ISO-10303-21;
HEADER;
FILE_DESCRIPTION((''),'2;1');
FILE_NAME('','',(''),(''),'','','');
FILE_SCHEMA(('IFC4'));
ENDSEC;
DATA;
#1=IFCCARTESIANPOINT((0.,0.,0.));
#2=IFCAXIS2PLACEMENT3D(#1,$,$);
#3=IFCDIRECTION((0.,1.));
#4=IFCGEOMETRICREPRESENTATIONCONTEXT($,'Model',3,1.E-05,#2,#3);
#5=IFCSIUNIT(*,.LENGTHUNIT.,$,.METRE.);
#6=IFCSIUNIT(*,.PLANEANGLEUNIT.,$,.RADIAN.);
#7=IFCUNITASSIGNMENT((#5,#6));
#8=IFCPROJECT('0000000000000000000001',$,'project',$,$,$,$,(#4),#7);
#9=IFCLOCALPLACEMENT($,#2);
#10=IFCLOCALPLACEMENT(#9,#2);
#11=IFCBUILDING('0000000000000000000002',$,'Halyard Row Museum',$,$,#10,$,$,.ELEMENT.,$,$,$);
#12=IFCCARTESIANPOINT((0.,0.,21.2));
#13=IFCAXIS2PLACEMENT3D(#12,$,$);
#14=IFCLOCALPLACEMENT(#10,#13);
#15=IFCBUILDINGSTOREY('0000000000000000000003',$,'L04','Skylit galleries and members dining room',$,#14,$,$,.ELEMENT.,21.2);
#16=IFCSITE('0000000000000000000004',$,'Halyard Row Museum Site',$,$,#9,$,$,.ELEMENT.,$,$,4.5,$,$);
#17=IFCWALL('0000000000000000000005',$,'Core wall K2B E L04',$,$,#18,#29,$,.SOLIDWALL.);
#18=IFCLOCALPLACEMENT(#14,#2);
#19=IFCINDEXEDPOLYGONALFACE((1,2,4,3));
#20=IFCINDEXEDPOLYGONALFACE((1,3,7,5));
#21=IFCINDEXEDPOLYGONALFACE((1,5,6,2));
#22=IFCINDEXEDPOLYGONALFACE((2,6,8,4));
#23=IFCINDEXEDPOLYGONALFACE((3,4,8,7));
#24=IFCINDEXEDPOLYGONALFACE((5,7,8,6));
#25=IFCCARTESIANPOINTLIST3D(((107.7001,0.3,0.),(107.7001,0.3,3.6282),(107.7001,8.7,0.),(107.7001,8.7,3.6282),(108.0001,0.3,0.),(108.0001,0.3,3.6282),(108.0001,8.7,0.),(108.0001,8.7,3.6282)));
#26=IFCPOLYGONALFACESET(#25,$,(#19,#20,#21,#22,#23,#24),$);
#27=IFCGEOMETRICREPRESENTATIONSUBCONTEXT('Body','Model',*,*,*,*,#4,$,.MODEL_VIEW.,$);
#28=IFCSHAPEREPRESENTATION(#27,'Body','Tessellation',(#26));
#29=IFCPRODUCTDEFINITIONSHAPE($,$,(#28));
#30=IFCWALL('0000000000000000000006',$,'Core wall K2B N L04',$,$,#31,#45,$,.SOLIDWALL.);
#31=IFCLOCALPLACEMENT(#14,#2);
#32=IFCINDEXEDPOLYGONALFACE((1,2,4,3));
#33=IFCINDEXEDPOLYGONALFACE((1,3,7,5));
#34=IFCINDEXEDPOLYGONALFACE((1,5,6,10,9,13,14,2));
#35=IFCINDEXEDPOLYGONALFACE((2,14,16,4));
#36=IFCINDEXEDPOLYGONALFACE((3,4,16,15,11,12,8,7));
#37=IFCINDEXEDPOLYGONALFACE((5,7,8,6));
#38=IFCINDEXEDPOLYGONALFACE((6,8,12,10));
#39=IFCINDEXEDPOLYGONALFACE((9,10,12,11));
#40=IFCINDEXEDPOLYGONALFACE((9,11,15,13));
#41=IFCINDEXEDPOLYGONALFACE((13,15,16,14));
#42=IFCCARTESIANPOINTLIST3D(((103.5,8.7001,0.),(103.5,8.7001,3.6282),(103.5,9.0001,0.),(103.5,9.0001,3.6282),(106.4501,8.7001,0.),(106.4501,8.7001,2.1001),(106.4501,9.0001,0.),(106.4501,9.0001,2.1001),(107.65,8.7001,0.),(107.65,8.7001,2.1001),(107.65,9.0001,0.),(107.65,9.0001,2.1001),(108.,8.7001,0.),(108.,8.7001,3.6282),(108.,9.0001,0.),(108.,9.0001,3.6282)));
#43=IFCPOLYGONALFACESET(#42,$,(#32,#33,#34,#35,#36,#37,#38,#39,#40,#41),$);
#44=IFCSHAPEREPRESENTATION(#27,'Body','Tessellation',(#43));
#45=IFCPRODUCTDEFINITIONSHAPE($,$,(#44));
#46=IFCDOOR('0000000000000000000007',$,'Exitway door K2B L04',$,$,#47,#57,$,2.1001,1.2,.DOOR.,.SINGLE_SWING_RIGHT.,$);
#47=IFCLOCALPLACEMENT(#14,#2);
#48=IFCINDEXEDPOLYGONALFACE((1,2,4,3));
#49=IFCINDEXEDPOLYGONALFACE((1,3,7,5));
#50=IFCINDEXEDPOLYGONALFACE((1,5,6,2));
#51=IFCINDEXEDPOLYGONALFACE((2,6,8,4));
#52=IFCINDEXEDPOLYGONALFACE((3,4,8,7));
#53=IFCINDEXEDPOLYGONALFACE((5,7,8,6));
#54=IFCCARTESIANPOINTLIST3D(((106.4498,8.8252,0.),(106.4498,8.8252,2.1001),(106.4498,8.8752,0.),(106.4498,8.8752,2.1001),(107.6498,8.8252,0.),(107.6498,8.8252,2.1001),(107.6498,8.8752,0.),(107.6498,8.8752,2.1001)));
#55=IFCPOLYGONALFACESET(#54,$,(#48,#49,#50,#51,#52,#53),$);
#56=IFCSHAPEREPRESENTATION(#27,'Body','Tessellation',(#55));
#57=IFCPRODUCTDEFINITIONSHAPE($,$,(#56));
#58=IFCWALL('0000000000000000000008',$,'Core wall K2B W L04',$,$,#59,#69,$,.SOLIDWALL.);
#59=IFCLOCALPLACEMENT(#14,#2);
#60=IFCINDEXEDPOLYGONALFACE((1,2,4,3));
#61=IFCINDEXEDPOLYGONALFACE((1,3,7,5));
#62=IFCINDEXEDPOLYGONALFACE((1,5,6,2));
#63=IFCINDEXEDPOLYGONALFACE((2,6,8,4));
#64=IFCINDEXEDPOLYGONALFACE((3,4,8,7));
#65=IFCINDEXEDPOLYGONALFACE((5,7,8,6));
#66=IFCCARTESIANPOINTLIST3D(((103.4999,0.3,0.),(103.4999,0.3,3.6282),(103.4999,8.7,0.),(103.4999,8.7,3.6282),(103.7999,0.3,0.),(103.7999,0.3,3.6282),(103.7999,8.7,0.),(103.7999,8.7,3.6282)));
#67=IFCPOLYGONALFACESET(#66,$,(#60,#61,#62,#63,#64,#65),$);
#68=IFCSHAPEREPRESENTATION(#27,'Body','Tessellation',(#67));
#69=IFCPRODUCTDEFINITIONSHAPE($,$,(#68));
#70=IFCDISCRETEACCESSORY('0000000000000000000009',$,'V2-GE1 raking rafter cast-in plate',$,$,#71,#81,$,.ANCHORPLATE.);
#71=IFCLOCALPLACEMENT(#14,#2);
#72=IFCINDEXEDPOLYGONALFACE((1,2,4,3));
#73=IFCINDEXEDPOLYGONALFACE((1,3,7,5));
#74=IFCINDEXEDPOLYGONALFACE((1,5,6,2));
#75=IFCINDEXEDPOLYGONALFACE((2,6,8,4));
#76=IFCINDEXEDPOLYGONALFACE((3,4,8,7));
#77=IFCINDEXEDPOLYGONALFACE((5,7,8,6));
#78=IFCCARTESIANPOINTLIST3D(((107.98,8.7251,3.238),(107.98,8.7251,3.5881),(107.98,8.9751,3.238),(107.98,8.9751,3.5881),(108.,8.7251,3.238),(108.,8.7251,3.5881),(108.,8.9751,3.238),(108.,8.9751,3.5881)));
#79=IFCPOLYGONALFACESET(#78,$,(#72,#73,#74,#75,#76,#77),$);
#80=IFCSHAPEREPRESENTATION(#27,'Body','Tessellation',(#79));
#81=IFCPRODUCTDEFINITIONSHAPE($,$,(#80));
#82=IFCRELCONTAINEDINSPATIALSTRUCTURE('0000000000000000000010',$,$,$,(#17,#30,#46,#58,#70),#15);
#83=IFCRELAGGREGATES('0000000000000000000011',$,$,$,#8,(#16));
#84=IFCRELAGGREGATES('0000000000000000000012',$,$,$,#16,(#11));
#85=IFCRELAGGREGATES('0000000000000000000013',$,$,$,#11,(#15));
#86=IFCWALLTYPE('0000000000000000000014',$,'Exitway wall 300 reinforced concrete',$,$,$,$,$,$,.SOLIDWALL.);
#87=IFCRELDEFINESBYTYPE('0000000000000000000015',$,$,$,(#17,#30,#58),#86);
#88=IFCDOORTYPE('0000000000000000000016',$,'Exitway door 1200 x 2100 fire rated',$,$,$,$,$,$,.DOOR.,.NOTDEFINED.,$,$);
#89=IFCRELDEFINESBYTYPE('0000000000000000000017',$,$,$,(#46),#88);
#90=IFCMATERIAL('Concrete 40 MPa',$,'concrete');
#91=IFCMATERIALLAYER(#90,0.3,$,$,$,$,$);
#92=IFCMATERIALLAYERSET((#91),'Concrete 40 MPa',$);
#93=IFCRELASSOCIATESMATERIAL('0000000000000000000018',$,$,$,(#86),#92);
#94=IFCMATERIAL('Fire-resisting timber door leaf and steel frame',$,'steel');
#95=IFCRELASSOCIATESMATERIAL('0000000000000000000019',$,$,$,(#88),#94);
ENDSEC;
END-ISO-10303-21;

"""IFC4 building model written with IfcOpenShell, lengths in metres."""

from ifc_helpers import new_model, si_unit, direction, frame, frame_2d, origin, origin_2d, place, context, subcontext, project, spatial, rectangle, extrude, material, layer, layer_set, type_object, element, fill, save


model = new_model("IFC4")

# Units and contexts
model_context = context("Model", 3, precision=1e-05, world=origin(), true_north=direction((0.0, 1.0)))
body_context = subcontext(model_context, "Body", "Model", "MODEL_VIEW")
ifc_project = project(units=[si_unit("LENGTHUNIT", "METRE"), si_unit("PLANEANGLEUNIT", "RADIAN")], contexts=[model_context])

# Site, building, storey
site_placement = place(None, origin())
site = spatial("IfcSite", under=ifc_project, at=site_placement, Name="Halyard Row Museum Site", CompositionType="ELEMENT", RefElevation=4.5)
building_placement = place(site_placement, origin())
building = spatial("IfcBuilding", under=site, at=building_placement, Name="Halyard Row Museum", CompositionType="ELEMENT")
storey_placement = place(building_placement, frame((0.0, 0.0, 21.2)))
storey = spatial("IfcBuildingStorey", under=building, at=storey_placement, Name="L04", Description="Skylit galleries and members dining room", CompositionType="ELEMENT", Elevation=21.2)

# Wall
ifc_material_1 = material(Name="Concrete 40 MPa", Category="concrete")
ifc_layer_1 = layer(ifc_material_1, 0.3)
ifc_layer_set_1 = layer_set([ifc_layer_1], Name="Concrete 40 MPa")
wall_type_1 = type_object("IfcWallType", Name="Exitway wall 300 reinforced concrete", PredefinedType="SOLIDWALL", material=ifc_layer_set_1)
wall_1_placement = place(storey_placement, frame((107.8501, 0.3, 0.0), z_axis=(0.0, 0.0, 1.0), x_axis=(0.0, 1.0, 0.0)))
element("IfcWall", 1, at=wall_1_placement, inside=storey, type_object=wall_type_1, Name="Core wall K2B E L04", PredefinedType="SOLIDWALL", context=body_context, shape_type="SweptSolid", body=[
    extrude(rectangle(XDim=8.3999, YDim=0.3, at=frame_2d((4.2, 0.0))), origin(), (0.0, 0.0, 1.0), 3.6282),
])

# Wall, opening, door
wall_2_placement = place(storey_placement, frame((103.5, 8.8501, 0.0), z_axis=(0.0, 0.0, 1.0), x_axis=(1.0, 0.0, 0.0)))
wall_2 = element("IfcWall", 2, at=wall_2_placement, inside=storey, type_object=wall_type_1, Name="Core wall K2B N L04", PredefinedType="SOLIDWALL", context=body_context, shape_type="SweptSolid", body=[
    extrude(rectangle(XDim=4.5, YDim=0.3, at=frame_2d((2.25, 0.0))), origin(), (0.0, 0.0, 1.0), 3.6282),
])
opening_1_placement = place(wall_2_placement, frame((2.95, 0.0, 0.0)))
opening_1 = element("IfcOpeningElement", 3, at=opening_1_placement, cuts=wall_2, PredefinedType="OPENING", context=body_context, shape_type="SweptSolid", body=[
    extrude(rectangle(XDim=1.2, YDim=2.1001, at=frame_2d((0.6001, 1.05))), frame((0.0, 0.1599, 0.0), z_axis=(0.0, -1.0, 0.0), x_axis=(1.0, 0.0, 0.0)), (0.0, 0.0, 1.0), 0.3201),
])
ifc_material_2 = material(Name="Fire-resisting timber door leaf and steel frame", Category="steel")
door_type_1 = type_object("IfcDoorType", Name="Exitway door 1200 x 2100 fire rated", OperationType="NOTDEFINED", PredefinedType="DOOR", material=ifc_material_2)
door_1_placement = place(opening_1_placement, frame((1.2, 0.0, 0.0), z_axis=(0.0, 0.0, 1.0), x_axis=(-1.0, 0.0, 0.0)))
door_1 = element("IfcDoor", 4, at=door_1_placement, inside=storey, type_object=door_type_1, Name="Exitway door K2B L04", OperationType="SINGLE_SWING_RIGHT", OverallHeight=2.1001, OverallWidth=1.2, PredefinedType="DOOR", context=body_context, shape_type="SweptSolid", body=[
    extrude(rectangle(XDim=1.2, YDim=2.1001, at=frame_2d((0.6001, 1.05))), frame((0.0, 0.0249, 0.0), z_axis=(0.0, -1.0, 0.0), x_axis=(1.0, 0.0, 0.0)), (0.0, 0.0, 1.0), 0.05),
])
fill(opening_1, door_1)

# Wall
wall_3_placement = place(storey_placement, frame((103.6499, 0.3, 0.0), z_axis=(0.0, 0.0, 1.0), x_axis=(0.0, 1.0, 0.0)))
element("IfcWall", 5, at=wall_3_placement, inside=storey, type_object=wall_type_1, Name="Core wall K2B W L04", PredefinedType="SOLIDWALL", context=body_context, shape_type="SweptSolid", body=[
    extrude(rectangle(XDim=8.3999, YDim=0.3, at=frame_2d((4.2, 0.0))), origin(), (0.0, 0.0, 1.0), 3.6282),
])

# Discrete accessory
discrete_accessory_placement = place(storey_placement, frame((108.0, 8.8501, 3.4131), z_axis=(-1.0, 0.0, 0.0), x_axis=(0.0, -1.0, 0.0)))
element("IfcDiscreteAccessory", 6, at=discrete_accessory_placement, inside=storey, Name="V2-GE1 raking rafter cast-in plate", PredefinedType="ANCHORPLATE", context=body_context, shape_type="SweptSolid", body=[
    extrude(rectangle(XDim=0.25, YDim=0.3501, at=origin_2d()), origin(), (0.0, 0.0, 1.0), 0.02),
])

save(model, "model.ifc")
